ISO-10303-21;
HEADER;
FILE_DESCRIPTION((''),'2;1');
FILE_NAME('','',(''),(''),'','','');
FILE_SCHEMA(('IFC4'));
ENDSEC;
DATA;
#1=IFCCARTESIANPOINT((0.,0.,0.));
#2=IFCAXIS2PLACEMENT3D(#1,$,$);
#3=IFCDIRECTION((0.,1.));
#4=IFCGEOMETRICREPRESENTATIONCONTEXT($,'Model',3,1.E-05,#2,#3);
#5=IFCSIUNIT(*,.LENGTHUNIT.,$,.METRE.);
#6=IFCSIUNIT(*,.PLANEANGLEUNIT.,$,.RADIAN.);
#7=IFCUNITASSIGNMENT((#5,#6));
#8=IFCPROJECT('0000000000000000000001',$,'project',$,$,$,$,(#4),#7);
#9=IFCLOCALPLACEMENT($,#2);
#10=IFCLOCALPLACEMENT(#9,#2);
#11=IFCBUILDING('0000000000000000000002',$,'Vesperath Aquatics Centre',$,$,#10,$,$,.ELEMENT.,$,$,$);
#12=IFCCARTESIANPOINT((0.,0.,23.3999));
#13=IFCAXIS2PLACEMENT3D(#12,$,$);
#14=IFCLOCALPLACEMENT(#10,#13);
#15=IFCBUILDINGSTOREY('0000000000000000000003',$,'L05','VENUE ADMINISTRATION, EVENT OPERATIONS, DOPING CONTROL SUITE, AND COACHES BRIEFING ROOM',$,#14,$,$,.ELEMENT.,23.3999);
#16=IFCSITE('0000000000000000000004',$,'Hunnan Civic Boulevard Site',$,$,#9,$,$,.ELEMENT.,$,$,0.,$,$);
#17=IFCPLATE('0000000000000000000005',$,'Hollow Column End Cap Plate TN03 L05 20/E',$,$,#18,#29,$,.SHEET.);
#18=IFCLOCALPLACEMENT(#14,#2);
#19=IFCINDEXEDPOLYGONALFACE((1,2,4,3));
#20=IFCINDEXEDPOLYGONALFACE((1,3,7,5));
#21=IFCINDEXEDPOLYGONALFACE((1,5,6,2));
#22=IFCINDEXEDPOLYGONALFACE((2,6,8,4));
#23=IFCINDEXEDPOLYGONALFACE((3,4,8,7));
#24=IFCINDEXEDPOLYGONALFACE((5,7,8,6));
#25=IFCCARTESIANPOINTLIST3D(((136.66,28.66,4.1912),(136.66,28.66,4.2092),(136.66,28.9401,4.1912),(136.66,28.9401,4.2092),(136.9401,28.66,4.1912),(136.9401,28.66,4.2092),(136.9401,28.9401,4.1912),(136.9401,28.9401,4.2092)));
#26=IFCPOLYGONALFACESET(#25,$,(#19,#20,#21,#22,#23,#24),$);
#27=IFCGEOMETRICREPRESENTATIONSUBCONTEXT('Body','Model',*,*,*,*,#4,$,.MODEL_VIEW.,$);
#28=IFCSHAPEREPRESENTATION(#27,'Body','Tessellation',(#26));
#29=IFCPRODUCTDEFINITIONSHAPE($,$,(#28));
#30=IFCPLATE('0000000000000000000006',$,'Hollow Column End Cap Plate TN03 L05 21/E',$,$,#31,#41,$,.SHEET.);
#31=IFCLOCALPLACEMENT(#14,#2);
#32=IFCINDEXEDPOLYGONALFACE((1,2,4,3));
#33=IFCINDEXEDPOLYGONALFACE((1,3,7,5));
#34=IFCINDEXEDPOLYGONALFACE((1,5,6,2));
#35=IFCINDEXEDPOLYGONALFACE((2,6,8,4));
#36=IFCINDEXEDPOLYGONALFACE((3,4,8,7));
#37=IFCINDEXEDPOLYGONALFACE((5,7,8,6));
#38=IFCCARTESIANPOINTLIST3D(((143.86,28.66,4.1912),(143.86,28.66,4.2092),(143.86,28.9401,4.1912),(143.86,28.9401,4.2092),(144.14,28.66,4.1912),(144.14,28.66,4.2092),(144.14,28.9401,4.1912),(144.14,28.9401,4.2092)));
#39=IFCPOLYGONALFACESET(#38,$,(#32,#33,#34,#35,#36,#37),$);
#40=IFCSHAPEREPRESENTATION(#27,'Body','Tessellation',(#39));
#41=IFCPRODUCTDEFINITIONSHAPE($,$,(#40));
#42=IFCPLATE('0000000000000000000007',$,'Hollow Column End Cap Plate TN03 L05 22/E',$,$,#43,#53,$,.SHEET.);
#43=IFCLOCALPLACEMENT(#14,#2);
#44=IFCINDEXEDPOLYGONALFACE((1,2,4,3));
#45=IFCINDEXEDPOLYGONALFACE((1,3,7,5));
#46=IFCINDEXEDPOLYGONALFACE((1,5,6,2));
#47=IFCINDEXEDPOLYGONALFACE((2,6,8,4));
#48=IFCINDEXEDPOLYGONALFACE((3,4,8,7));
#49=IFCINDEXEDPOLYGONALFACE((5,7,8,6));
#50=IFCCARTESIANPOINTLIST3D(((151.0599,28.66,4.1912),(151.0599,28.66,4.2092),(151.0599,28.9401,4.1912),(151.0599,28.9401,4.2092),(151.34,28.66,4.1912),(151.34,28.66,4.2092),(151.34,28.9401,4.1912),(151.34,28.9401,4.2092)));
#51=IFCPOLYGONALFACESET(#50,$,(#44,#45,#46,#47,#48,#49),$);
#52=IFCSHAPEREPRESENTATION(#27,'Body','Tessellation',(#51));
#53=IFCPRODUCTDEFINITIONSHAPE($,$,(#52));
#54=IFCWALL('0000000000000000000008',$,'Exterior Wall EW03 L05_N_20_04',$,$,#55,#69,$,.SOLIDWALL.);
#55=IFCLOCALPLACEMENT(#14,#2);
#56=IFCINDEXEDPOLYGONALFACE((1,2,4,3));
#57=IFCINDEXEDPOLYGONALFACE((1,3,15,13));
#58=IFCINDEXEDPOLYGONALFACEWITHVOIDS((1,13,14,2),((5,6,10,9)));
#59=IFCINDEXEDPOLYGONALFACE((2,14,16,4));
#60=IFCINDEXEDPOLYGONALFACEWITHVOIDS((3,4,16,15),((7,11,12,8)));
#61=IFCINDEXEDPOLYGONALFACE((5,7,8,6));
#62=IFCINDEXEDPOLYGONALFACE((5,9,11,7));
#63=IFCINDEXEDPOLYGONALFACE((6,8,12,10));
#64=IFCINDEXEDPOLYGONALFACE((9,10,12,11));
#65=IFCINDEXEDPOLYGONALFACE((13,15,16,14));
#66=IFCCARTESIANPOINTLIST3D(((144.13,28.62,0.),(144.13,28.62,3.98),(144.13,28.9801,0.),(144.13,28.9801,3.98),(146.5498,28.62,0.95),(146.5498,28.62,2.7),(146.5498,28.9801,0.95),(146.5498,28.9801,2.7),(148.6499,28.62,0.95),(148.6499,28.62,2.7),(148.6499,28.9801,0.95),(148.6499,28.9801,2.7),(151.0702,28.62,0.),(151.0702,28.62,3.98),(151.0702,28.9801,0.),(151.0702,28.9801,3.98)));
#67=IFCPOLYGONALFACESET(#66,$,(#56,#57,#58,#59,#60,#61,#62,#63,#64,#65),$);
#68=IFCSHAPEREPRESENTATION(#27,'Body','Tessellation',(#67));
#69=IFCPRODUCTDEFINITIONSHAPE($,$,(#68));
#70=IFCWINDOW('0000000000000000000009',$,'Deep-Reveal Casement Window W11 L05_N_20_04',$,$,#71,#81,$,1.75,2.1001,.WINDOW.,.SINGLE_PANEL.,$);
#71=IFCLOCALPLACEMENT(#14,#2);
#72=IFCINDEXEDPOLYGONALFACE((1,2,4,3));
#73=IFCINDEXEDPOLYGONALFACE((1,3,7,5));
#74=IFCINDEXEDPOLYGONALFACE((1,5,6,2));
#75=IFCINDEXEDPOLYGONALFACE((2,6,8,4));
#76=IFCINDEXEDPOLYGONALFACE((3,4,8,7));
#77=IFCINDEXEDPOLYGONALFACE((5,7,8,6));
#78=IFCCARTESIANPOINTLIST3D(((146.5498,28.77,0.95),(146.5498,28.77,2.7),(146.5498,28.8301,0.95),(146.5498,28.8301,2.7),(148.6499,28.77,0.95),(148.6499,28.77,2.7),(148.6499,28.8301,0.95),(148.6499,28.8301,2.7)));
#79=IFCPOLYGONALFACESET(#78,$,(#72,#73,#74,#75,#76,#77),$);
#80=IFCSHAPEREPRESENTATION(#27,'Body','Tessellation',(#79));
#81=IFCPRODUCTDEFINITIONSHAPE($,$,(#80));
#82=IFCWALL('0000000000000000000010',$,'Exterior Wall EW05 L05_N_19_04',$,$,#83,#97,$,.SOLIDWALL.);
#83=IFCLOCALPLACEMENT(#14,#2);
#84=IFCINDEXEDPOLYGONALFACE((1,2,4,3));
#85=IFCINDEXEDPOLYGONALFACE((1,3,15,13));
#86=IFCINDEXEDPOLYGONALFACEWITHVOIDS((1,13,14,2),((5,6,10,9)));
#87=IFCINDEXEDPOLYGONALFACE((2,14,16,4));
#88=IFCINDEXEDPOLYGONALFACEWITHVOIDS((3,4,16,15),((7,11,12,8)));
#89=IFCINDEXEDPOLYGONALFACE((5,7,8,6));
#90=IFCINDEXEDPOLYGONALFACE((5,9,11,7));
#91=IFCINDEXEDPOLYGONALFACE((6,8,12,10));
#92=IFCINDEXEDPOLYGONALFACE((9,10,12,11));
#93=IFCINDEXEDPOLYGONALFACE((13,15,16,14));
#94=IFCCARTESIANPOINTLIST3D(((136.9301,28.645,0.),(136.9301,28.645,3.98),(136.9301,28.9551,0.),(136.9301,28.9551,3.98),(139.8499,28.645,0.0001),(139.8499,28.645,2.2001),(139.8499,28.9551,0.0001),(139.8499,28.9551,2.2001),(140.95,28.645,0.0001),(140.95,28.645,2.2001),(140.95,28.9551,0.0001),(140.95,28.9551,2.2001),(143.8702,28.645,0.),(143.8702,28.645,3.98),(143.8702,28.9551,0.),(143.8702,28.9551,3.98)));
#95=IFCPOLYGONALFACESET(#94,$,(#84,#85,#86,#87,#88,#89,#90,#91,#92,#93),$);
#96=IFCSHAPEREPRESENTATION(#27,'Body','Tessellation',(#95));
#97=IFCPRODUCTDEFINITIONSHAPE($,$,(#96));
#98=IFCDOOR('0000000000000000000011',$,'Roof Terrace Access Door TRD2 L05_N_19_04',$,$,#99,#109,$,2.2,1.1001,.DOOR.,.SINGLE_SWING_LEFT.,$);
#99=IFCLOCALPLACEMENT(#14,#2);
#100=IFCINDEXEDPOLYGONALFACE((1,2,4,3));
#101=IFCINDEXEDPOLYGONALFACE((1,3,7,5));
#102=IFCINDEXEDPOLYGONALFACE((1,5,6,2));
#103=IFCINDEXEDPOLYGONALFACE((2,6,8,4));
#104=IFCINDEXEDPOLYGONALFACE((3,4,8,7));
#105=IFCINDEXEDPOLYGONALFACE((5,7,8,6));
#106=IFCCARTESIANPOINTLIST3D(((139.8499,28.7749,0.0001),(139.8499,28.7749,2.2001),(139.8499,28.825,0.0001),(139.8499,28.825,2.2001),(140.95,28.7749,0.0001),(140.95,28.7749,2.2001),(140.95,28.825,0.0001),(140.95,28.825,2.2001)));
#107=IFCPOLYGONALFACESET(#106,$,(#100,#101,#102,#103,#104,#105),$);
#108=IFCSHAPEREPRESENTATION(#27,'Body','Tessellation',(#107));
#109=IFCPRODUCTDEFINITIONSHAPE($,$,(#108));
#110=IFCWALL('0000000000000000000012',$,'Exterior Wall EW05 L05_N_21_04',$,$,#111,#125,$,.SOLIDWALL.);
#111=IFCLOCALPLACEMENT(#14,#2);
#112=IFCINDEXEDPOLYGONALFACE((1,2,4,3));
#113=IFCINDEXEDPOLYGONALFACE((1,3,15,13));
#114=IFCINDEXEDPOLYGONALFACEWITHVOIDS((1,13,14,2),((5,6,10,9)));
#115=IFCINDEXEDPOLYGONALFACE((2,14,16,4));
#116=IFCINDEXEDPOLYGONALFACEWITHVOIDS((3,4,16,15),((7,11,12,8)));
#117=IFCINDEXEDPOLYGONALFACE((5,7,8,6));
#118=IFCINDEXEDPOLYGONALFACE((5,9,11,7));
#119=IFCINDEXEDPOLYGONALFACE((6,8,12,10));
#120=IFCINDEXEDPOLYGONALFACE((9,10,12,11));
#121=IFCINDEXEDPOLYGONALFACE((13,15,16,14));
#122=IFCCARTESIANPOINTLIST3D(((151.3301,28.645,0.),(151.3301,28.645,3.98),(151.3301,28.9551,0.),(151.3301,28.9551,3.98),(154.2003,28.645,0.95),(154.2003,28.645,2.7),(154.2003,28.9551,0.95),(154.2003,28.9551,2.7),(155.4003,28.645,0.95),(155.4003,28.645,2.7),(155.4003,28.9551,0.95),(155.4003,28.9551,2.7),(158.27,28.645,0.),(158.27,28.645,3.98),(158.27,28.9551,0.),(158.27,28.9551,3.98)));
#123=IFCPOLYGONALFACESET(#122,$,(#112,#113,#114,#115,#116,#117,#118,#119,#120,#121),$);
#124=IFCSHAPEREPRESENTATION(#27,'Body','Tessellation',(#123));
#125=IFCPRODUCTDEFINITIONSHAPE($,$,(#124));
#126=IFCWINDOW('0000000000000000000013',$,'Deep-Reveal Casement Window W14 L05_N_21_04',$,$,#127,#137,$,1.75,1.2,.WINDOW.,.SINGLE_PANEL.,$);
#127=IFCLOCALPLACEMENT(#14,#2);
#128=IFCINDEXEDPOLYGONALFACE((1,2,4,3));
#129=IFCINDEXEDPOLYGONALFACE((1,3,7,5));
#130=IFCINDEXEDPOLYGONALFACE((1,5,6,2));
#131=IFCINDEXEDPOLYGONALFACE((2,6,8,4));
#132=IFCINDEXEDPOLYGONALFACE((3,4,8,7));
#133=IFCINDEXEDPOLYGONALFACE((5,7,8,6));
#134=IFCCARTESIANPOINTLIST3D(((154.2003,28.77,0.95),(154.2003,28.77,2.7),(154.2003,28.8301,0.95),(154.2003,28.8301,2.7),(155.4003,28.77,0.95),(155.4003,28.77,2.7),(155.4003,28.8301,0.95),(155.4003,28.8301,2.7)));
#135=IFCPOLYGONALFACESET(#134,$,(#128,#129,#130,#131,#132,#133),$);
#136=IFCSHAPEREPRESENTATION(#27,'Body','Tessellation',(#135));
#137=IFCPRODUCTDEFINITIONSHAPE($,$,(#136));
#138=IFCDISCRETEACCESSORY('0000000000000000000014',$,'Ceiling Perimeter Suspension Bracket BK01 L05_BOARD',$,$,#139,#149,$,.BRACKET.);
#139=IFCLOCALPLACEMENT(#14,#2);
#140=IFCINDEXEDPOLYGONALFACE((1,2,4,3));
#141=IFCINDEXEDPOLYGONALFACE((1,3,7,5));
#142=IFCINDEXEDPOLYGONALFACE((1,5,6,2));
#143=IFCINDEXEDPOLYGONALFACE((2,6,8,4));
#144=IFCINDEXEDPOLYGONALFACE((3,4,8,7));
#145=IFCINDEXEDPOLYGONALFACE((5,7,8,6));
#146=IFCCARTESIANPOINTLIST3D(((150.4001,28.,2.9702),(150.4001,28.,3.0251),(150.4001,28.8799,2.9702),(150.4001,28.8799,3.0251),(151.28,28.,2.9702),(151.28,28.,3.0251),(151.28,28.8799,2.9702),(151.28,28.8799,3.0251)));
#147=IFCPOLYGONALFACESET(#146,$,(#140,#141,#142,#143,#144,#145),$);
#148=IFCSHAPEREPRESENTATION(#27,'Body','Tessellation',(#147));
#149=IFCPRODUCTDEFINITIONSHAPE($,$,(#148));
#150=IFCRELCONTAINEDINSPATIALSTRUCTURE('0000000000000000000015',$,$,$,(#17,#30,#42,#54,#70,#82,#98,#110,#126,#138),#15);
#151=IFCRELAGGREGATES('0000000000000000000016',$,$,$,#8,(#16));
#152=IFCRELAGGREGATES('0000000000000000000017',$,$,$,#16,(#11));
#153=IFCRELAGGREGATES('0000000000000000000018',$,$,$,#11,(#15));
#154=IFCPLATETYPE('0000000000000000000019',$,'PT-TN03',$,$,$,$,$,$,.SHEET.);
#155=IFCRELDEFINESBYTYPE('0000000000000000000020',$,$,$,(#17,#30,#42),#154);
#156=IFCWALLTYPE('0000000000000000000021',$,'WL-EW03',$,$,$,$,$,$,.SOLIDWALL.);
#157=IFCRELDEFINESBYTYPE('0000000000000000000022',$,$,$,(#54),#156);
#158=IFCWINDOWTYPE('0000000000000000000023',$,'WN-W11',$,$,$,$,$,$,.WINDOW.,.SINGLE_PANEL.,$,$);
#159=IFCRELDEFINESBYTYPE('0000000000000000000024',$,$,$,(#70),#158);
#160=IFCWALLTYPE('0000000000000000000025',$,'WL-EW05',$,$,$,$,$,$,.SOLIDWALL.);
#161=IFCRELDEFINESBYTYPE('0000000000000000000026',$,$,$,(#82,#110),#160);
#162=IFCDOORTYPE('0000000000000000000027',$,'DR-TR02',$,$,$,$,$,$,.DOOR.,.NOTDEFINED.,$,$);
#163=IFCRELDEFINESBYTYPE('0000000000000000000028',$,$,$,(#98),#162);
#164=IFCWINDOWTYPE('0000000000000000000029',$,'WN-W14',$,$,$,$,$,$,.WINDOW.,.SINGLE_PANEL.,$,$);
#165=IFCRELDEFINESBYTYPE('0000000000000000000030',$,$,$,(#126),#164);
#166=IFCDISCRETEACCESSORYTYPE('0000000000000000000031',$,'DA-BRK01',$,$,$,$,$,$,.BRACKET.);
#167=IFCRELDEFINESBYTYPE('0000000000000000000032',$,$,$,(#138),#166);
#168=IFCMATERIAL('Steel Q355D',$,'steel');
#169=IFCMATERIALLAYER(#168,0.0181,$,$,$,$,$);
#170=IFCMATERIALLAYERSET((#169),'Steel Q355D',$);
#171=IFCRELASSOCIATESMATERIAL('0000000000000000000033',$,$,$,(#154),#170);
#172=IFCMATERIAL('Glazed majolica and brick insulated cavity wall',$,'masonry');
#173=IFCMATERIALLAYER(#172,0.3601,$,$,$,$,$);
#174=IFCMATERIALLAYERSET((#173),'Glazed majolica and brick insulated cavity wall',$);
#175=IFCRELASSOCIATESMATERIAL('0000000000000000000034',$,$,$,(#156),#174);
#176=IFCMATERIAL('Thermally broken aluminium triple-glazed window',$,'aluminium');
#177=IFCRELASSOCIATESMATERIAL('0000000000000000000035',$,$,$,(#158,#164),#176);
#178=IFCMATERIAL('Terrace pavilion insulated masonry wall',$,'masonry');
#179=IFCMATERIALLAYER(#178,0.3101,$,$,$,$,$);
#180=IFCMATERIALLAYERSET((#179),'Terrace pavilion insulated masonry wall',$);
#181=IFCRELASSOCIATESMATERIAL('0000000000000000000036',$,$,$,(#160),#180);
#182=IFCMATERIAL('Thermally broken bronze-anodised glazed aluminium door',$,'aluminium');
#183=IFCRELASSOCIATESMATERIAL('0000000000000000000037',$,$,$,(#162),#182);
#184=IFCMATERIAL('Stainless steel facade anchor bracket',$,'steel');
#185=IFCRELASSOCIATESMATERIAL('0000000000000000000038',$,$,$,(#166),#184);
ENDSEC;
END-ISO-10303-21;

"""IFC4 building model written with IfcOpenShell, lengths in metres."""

from ifc_helpers import new_model, si_unit, direction, frame, frame_2d, origin, origin_2d, place, context, subcontext, project, spatial, rectangle, extrude, material, layer, layer_set, type_object, element, fill, save


model = new_model("IFC4")

# Units and contexts
model_context = context("Model", 3, precision=1e-05, world=origin(), true_north=direction((0.0, 1.0)))
body_context = subcontext(model_context, "Body", "Model", "MODEL_VIEW")
ifc_project = project(units=[si_unit("LENGTHUNIT", "METRE"), si_unit("PLANEANGLEUNIT", "RADIAN")], contexts=[model_context])

# Site, building, storey
site_placement = place(None, origin())
site = spatial("IfcSite", under=ifc_project, at=site_placement, Name="Hunnan Civic Boulevard Site", CompositionType="ELEMENT", RefElevation=0.0)
building_placement = place(site_placement, origin())
building = spatial("IfcBuilding", under=site, at=building_placement, Name="Vesperath Aquatics Centre", CompositionType="ELEMENT")
storey_placement = place(building_placement, frame((0.0, 0.0, 23.3999)))
storey = spatial("IfcBuildingStorey", under=building, at=storey_placement, Name="L05", Description="VENUE ADMINISTRATION, EVENT OPERATIONS, DOPING CONTROL SUITE, AND COACHES BRIEFING ROOM", CompositionType="ELEMENT", Elevation=23.3999)

# Plates
ifc_material_1 = material(Name="Steel Q355D", Category="steel")
ifc_layer_1 = layer(ifc_material_1, 0.0181)
ifc_layer_set_1 = layer_set([ifc_layer_1], Name="Steel Q355D")
plate_type = type_object("IfcPlateType", Name="PT-TN03", PredefinedType="SHEET", material=ifc_layer_set_1)
for number, where, z_axis, x_axis, name in (
    (1, (136.8, 28.8, 4.1912), (0.0, 0.0, 1.0), (1.0, 0.0, 0.0), "Hollow Column End Cap Plate TN03 L05 20/E"),
    (2, (144.0, 28.8, 4.1912), (0.0, 0.0, 1.0), (1.0, 0.0, 0.0), "Hollow Column End Cap Plate TN03 L05 21/E"),
    (3, (151.2, 28.8, 4.1912), (0.0, 0.0, 1.0), (1.0, 0.0, 0.0), "Hollow Column End Cap Plate TN03 L05 22/E"),
):
    element("IfcPlate", number, at=place(storey_placement, frame(where, z_axis=z_axis, x_axis=x_axis)), inside=storey, type_object=plate_type, Name=name, PredefinedType="SHEET", context=body_context, shape_type="SweptSolid", body=[
        extrude(rectangle(XDim=0.28, YDim=0.28, at=origin_2d()), origin(), (0.0, 0.0, 1.0), 0.0181),
    ])

# Wall, opening, window
ifc_material_2 = material(Name="Glazed majolica and brick insulated cavity wall", Category="masonry")
ifc_layer_2 = layer(ifc_material_2, 0.3601)
ifc_layer_set_2 = layer_set([ifc_layer_2], Name="Glazed majolica and brick insulated cavity wall")
wall_type_1 = type_object("IfcWallType", Name="WL-EW03", PredefinedType="SOLIDWALL", material=ifc_layer_set_2)
wall_1_placement = place(storey_placement, frame((144.1299, 28.8, 0.0), z_axis=(0.0, 0.0, 1.0), x_axis=(1.0, 0.0, 0.0)))
wall_1 = element("IfcWall", 4, at=wall_1_placement, inside=storey, type_object=wall_type_1, Name="Exterior Wall EW03 L05_N_20_04", PredefinedType="SOLIDWALL", context=body_context, shape_type="SweptSolid", body=[
    extrude(rectangle(XDim=6.9402, YDim=0.3601, at=frame_2d((3.4702, 0.0))), origin(), (0.0, 0.0, 1.0), 3.98),
])
opening_1_placement = place(wall_1_placement, frame((2.4199, 0.0, 0.95)))
opening_1 = element("IfcOpeningElement", 5, at=opening_1_placement, cuts=wall_1, PredefinedType="OPENING", context=body_context, shape_type="SweptSolid", body=[
    extrude(rectangle(XDim=2.1001, YDim=1.75, at=frame_2d((1.05, 0.875))), frame((0.0, 0.1948, 0.0), z_axis=(0.0, -1.0, 0.0), x_axis=(1.0, 0.0, 0.0)), (0.0, 0.0, 1.0), 0.3899),
])
ifc_material_3 = material(Name="Thermally broken aluminium triple-glazed window", Category="aluminium")
window_type_1 = type_object("IfcWindowType", Name="WN-W11", PartitioningType="SINGLE_PANEL", PredefinedType="WINDOW", material=ifc_material_3)
window_1_placement = place(opening_1_placement, origin())
window_1 = element("IfcWindow", 6, at=window_1_placement, inside=storey, type_object=window_type_1, Name="Deep-Reveal Casement Window W11 L05_N_20_04", OverallHeight=1.75, OverallWidth=2.1001, PartitioningType="SINGLE_PANEL", PredefinedType="WINDOW", context=body_context, shape_type="SweptSolid", body=[
    extrude(rectangle(XDim=2.1001, YDim=1.75, at=frame_2d((1.05, 0.875))), frame((0.0, 0.03, 0.0), z_axis=(0.0, -1.0, 0.0), x_axis=(1.0, 0.0, 0.0)), (0.0, 0.0, 1.0), 0.0601),
])
fill(opening_1, window_1)

# Wall, opening, door
ifc_material_4 = material(Name="Terrace pavilion insulated masonry wall", Category="masonry")
ifc_layer_3 = layer(ifc_material_4, 0.3101)
ifc_layer_set_3 = layer_set([ifc_layer_3], Name="Terrace pavilion insulated masonry wall")
wall_type_2 = type_object("IfcWallType", Name="WL-EW05", PredefinedType="SOLIDWALL", material=ifc_layer_set_3)
wall_2_placement = place(storey_placement, frame((136.9299, 28.8, 0.0), z_axis=(0.0, 0.0, 1.0), x_axis=(1.0, 0.0, 0.0)))
wall_2 = element("IfcWall", 7, at=wall_2_placement, inside=storey, type_object=wall_type_2, Name="Exterior Wall EW05 L05_N_19_04", PredefinedType="SOLIDWALL", context=body_context, shape_type="SweptSolid", body=[
    extrude(rectangle(XDim=6.9402, YDim=0.3101, at=frame_2d((3.4702, 0.0))), origin(), (0.0, 0.0, 1.0), 3.98),
])
opening_2_placement = place(wall_2_placement, frame((2.9199, 0.0, 0.0)))
opening_2 = element("IfcOpeningElement", 8, at=opening_2_placement, cuts=wall_2, PredefinedType="OPENING", context=body_context, shape_type="SweptSolid", body=[
    extrude(rectangle(XDim=1.1001, YDim=2.2, at=frame_2d((0.55, 1.1001))), frame((0.0, 0.1699, 0.0), z_axis=(0.0, -1.0, 0.0), x_axis=(1.0, 0.0, 0.0)), (0.0, 0.0, 1.0), 0.3398),
])
ifc_material_5 = material(Name="Thermally broken bronze-anodised glazed aluminium door", Category="aluminium")
door_type = type_object("IfcDoorType", Name="DR-TR02", OperationType="NOTDEFINED", PredefinedType="DOOR", material=ifc_material_5)
door_placement = place(opening_2_placement, origin())
door = element("IfcDoor", 9, at=door_placement, inside=storey, type_object=door_type, Name="Roof Terrace Access Door TRD2 L05_N_19_04", OperationType="SINGLE_SWING_LEFT", OverallHeight=2.2, OverallWidth=1.1001, PredefinedType="DOOR", context=body_context, shape_type="SweptSolid", body=[
    extrude(rectangle(XDim=1.1001, YDim=2.2, at=frame_2d((0.55, 1.1001))), frame((0.0, 0.0249, 0.0), z_axis=(0.0, -1.0, 0.0), x_axis=(1.0, 0.0, 0.0)), (0.0, 0.0, 1.0), 0.05),
])
fill(opening_2, door)

# Wall, opening, window
wall_3_placement = place(storey_placement, frame((151.3301, 28.8, 0.0), z_axis=(0.0, 0.0, 1.0), x_axis=(1.0, 0.0, 0.0)))
wall_3 = element("IfcWall", 10, at=wall_3_placement, inside=storey, type_object=wall_type_2, Name="Exterior Wall EW05 L05_N_21_04", PredefinedType="SOLIDWALL", context=body_context, shape_type="SweptSolid", body=[
    extrude(rectangle(XDim=6.9399, YDim=0.3101, at=frame_2d((3.47, 0.0))), origin(), (0.0, 0.0, 1.0), 3.98),
])
opening_3_placement = place(wall_3_placement, frame((2.8701, 0.0, 0.95)))
opening_3 = element("IfcOpeningElement", 11, at=opening_3_placement, cuts=wall_3, PredefinedType="OPENING", context=body_context, shape_type="SweptSolid", body=[
    extrude(rectangle(XDim=1.2, YDim=1.75, at=frame_2d((0.6001, 0.875))), frame((0.0, 0.1699, 0.0), z_axis=(0.0, -1.0, 0.0), x_axis=(1.0, 0.0, 0.0)), (0.0, 0.0, 1.0), 0.3398),
])
window_type_2 = type_object("IfcWindowType", Name="WN-W14", PartitioningType="SINGLE_PANEL", PredefinedType="WINDOW", material=ifc_material_3)
window_2_placement = place(opening_3_placement, origin())
window_2 = element("IfcWindow", 12, at=window_2_placement, inside=storey, type_object=window_type_2, Name="Deep-Reveal Casement Window W14 L05_N_21_04", OverallHeight=1.75, OverallWidth=1.2, PartitioningType="SINGLE_PANEL", PredefinedType="WINDOW", context=body_context, shape_type="SweptSolid", body=[
    extrude(rectangle(XDim=1.2, YDim=1.75, at=frame_2d((0.6001, 0.875))), frame((0.0, 0.03, 0.0), z_axis=(0.0, -1.0, 0.0), x_axis=(1.0, 0.0, 0.0)), (0.0, 0.0, 1.0), 0.0601),
])
fill(opening_3, window_2)

# Discrete accessory
ifc_material_6 = material(Name="Stainless steel facade anchor bracket", Category="steel")
discrete_accessory_type = type_object("IfcDiscreteAccessoryType", Name="DA-BRK01", PredefinedType="BRACKET", material=ifc_material_6)
discrete_accessory_placement = place(storey_placement, frame((150.8401, 28.4399, 2.9702), z_axis=(0.0, 0.0, 1.0), x_axis=(1.0, 0.0, 0.0)))
element("IfcDiscreteAccessory", 13, at=discrete_accessory_placement, inside=storey, type_object=discrete_accessory_type, Name="Ceiling Perimeter Suspension Bracket BK01 L05_BOARD", PredefinedType="BRACKET", context=body_context, shape_type="SweptSolid", body=[
    extrude(rectangle(XDim=0.8799, YDim=0.8799, at=origin_2d()), origin(), (0.0, 0.0, 1.0), 0.0549),
])

save(model, "model.ifc")
